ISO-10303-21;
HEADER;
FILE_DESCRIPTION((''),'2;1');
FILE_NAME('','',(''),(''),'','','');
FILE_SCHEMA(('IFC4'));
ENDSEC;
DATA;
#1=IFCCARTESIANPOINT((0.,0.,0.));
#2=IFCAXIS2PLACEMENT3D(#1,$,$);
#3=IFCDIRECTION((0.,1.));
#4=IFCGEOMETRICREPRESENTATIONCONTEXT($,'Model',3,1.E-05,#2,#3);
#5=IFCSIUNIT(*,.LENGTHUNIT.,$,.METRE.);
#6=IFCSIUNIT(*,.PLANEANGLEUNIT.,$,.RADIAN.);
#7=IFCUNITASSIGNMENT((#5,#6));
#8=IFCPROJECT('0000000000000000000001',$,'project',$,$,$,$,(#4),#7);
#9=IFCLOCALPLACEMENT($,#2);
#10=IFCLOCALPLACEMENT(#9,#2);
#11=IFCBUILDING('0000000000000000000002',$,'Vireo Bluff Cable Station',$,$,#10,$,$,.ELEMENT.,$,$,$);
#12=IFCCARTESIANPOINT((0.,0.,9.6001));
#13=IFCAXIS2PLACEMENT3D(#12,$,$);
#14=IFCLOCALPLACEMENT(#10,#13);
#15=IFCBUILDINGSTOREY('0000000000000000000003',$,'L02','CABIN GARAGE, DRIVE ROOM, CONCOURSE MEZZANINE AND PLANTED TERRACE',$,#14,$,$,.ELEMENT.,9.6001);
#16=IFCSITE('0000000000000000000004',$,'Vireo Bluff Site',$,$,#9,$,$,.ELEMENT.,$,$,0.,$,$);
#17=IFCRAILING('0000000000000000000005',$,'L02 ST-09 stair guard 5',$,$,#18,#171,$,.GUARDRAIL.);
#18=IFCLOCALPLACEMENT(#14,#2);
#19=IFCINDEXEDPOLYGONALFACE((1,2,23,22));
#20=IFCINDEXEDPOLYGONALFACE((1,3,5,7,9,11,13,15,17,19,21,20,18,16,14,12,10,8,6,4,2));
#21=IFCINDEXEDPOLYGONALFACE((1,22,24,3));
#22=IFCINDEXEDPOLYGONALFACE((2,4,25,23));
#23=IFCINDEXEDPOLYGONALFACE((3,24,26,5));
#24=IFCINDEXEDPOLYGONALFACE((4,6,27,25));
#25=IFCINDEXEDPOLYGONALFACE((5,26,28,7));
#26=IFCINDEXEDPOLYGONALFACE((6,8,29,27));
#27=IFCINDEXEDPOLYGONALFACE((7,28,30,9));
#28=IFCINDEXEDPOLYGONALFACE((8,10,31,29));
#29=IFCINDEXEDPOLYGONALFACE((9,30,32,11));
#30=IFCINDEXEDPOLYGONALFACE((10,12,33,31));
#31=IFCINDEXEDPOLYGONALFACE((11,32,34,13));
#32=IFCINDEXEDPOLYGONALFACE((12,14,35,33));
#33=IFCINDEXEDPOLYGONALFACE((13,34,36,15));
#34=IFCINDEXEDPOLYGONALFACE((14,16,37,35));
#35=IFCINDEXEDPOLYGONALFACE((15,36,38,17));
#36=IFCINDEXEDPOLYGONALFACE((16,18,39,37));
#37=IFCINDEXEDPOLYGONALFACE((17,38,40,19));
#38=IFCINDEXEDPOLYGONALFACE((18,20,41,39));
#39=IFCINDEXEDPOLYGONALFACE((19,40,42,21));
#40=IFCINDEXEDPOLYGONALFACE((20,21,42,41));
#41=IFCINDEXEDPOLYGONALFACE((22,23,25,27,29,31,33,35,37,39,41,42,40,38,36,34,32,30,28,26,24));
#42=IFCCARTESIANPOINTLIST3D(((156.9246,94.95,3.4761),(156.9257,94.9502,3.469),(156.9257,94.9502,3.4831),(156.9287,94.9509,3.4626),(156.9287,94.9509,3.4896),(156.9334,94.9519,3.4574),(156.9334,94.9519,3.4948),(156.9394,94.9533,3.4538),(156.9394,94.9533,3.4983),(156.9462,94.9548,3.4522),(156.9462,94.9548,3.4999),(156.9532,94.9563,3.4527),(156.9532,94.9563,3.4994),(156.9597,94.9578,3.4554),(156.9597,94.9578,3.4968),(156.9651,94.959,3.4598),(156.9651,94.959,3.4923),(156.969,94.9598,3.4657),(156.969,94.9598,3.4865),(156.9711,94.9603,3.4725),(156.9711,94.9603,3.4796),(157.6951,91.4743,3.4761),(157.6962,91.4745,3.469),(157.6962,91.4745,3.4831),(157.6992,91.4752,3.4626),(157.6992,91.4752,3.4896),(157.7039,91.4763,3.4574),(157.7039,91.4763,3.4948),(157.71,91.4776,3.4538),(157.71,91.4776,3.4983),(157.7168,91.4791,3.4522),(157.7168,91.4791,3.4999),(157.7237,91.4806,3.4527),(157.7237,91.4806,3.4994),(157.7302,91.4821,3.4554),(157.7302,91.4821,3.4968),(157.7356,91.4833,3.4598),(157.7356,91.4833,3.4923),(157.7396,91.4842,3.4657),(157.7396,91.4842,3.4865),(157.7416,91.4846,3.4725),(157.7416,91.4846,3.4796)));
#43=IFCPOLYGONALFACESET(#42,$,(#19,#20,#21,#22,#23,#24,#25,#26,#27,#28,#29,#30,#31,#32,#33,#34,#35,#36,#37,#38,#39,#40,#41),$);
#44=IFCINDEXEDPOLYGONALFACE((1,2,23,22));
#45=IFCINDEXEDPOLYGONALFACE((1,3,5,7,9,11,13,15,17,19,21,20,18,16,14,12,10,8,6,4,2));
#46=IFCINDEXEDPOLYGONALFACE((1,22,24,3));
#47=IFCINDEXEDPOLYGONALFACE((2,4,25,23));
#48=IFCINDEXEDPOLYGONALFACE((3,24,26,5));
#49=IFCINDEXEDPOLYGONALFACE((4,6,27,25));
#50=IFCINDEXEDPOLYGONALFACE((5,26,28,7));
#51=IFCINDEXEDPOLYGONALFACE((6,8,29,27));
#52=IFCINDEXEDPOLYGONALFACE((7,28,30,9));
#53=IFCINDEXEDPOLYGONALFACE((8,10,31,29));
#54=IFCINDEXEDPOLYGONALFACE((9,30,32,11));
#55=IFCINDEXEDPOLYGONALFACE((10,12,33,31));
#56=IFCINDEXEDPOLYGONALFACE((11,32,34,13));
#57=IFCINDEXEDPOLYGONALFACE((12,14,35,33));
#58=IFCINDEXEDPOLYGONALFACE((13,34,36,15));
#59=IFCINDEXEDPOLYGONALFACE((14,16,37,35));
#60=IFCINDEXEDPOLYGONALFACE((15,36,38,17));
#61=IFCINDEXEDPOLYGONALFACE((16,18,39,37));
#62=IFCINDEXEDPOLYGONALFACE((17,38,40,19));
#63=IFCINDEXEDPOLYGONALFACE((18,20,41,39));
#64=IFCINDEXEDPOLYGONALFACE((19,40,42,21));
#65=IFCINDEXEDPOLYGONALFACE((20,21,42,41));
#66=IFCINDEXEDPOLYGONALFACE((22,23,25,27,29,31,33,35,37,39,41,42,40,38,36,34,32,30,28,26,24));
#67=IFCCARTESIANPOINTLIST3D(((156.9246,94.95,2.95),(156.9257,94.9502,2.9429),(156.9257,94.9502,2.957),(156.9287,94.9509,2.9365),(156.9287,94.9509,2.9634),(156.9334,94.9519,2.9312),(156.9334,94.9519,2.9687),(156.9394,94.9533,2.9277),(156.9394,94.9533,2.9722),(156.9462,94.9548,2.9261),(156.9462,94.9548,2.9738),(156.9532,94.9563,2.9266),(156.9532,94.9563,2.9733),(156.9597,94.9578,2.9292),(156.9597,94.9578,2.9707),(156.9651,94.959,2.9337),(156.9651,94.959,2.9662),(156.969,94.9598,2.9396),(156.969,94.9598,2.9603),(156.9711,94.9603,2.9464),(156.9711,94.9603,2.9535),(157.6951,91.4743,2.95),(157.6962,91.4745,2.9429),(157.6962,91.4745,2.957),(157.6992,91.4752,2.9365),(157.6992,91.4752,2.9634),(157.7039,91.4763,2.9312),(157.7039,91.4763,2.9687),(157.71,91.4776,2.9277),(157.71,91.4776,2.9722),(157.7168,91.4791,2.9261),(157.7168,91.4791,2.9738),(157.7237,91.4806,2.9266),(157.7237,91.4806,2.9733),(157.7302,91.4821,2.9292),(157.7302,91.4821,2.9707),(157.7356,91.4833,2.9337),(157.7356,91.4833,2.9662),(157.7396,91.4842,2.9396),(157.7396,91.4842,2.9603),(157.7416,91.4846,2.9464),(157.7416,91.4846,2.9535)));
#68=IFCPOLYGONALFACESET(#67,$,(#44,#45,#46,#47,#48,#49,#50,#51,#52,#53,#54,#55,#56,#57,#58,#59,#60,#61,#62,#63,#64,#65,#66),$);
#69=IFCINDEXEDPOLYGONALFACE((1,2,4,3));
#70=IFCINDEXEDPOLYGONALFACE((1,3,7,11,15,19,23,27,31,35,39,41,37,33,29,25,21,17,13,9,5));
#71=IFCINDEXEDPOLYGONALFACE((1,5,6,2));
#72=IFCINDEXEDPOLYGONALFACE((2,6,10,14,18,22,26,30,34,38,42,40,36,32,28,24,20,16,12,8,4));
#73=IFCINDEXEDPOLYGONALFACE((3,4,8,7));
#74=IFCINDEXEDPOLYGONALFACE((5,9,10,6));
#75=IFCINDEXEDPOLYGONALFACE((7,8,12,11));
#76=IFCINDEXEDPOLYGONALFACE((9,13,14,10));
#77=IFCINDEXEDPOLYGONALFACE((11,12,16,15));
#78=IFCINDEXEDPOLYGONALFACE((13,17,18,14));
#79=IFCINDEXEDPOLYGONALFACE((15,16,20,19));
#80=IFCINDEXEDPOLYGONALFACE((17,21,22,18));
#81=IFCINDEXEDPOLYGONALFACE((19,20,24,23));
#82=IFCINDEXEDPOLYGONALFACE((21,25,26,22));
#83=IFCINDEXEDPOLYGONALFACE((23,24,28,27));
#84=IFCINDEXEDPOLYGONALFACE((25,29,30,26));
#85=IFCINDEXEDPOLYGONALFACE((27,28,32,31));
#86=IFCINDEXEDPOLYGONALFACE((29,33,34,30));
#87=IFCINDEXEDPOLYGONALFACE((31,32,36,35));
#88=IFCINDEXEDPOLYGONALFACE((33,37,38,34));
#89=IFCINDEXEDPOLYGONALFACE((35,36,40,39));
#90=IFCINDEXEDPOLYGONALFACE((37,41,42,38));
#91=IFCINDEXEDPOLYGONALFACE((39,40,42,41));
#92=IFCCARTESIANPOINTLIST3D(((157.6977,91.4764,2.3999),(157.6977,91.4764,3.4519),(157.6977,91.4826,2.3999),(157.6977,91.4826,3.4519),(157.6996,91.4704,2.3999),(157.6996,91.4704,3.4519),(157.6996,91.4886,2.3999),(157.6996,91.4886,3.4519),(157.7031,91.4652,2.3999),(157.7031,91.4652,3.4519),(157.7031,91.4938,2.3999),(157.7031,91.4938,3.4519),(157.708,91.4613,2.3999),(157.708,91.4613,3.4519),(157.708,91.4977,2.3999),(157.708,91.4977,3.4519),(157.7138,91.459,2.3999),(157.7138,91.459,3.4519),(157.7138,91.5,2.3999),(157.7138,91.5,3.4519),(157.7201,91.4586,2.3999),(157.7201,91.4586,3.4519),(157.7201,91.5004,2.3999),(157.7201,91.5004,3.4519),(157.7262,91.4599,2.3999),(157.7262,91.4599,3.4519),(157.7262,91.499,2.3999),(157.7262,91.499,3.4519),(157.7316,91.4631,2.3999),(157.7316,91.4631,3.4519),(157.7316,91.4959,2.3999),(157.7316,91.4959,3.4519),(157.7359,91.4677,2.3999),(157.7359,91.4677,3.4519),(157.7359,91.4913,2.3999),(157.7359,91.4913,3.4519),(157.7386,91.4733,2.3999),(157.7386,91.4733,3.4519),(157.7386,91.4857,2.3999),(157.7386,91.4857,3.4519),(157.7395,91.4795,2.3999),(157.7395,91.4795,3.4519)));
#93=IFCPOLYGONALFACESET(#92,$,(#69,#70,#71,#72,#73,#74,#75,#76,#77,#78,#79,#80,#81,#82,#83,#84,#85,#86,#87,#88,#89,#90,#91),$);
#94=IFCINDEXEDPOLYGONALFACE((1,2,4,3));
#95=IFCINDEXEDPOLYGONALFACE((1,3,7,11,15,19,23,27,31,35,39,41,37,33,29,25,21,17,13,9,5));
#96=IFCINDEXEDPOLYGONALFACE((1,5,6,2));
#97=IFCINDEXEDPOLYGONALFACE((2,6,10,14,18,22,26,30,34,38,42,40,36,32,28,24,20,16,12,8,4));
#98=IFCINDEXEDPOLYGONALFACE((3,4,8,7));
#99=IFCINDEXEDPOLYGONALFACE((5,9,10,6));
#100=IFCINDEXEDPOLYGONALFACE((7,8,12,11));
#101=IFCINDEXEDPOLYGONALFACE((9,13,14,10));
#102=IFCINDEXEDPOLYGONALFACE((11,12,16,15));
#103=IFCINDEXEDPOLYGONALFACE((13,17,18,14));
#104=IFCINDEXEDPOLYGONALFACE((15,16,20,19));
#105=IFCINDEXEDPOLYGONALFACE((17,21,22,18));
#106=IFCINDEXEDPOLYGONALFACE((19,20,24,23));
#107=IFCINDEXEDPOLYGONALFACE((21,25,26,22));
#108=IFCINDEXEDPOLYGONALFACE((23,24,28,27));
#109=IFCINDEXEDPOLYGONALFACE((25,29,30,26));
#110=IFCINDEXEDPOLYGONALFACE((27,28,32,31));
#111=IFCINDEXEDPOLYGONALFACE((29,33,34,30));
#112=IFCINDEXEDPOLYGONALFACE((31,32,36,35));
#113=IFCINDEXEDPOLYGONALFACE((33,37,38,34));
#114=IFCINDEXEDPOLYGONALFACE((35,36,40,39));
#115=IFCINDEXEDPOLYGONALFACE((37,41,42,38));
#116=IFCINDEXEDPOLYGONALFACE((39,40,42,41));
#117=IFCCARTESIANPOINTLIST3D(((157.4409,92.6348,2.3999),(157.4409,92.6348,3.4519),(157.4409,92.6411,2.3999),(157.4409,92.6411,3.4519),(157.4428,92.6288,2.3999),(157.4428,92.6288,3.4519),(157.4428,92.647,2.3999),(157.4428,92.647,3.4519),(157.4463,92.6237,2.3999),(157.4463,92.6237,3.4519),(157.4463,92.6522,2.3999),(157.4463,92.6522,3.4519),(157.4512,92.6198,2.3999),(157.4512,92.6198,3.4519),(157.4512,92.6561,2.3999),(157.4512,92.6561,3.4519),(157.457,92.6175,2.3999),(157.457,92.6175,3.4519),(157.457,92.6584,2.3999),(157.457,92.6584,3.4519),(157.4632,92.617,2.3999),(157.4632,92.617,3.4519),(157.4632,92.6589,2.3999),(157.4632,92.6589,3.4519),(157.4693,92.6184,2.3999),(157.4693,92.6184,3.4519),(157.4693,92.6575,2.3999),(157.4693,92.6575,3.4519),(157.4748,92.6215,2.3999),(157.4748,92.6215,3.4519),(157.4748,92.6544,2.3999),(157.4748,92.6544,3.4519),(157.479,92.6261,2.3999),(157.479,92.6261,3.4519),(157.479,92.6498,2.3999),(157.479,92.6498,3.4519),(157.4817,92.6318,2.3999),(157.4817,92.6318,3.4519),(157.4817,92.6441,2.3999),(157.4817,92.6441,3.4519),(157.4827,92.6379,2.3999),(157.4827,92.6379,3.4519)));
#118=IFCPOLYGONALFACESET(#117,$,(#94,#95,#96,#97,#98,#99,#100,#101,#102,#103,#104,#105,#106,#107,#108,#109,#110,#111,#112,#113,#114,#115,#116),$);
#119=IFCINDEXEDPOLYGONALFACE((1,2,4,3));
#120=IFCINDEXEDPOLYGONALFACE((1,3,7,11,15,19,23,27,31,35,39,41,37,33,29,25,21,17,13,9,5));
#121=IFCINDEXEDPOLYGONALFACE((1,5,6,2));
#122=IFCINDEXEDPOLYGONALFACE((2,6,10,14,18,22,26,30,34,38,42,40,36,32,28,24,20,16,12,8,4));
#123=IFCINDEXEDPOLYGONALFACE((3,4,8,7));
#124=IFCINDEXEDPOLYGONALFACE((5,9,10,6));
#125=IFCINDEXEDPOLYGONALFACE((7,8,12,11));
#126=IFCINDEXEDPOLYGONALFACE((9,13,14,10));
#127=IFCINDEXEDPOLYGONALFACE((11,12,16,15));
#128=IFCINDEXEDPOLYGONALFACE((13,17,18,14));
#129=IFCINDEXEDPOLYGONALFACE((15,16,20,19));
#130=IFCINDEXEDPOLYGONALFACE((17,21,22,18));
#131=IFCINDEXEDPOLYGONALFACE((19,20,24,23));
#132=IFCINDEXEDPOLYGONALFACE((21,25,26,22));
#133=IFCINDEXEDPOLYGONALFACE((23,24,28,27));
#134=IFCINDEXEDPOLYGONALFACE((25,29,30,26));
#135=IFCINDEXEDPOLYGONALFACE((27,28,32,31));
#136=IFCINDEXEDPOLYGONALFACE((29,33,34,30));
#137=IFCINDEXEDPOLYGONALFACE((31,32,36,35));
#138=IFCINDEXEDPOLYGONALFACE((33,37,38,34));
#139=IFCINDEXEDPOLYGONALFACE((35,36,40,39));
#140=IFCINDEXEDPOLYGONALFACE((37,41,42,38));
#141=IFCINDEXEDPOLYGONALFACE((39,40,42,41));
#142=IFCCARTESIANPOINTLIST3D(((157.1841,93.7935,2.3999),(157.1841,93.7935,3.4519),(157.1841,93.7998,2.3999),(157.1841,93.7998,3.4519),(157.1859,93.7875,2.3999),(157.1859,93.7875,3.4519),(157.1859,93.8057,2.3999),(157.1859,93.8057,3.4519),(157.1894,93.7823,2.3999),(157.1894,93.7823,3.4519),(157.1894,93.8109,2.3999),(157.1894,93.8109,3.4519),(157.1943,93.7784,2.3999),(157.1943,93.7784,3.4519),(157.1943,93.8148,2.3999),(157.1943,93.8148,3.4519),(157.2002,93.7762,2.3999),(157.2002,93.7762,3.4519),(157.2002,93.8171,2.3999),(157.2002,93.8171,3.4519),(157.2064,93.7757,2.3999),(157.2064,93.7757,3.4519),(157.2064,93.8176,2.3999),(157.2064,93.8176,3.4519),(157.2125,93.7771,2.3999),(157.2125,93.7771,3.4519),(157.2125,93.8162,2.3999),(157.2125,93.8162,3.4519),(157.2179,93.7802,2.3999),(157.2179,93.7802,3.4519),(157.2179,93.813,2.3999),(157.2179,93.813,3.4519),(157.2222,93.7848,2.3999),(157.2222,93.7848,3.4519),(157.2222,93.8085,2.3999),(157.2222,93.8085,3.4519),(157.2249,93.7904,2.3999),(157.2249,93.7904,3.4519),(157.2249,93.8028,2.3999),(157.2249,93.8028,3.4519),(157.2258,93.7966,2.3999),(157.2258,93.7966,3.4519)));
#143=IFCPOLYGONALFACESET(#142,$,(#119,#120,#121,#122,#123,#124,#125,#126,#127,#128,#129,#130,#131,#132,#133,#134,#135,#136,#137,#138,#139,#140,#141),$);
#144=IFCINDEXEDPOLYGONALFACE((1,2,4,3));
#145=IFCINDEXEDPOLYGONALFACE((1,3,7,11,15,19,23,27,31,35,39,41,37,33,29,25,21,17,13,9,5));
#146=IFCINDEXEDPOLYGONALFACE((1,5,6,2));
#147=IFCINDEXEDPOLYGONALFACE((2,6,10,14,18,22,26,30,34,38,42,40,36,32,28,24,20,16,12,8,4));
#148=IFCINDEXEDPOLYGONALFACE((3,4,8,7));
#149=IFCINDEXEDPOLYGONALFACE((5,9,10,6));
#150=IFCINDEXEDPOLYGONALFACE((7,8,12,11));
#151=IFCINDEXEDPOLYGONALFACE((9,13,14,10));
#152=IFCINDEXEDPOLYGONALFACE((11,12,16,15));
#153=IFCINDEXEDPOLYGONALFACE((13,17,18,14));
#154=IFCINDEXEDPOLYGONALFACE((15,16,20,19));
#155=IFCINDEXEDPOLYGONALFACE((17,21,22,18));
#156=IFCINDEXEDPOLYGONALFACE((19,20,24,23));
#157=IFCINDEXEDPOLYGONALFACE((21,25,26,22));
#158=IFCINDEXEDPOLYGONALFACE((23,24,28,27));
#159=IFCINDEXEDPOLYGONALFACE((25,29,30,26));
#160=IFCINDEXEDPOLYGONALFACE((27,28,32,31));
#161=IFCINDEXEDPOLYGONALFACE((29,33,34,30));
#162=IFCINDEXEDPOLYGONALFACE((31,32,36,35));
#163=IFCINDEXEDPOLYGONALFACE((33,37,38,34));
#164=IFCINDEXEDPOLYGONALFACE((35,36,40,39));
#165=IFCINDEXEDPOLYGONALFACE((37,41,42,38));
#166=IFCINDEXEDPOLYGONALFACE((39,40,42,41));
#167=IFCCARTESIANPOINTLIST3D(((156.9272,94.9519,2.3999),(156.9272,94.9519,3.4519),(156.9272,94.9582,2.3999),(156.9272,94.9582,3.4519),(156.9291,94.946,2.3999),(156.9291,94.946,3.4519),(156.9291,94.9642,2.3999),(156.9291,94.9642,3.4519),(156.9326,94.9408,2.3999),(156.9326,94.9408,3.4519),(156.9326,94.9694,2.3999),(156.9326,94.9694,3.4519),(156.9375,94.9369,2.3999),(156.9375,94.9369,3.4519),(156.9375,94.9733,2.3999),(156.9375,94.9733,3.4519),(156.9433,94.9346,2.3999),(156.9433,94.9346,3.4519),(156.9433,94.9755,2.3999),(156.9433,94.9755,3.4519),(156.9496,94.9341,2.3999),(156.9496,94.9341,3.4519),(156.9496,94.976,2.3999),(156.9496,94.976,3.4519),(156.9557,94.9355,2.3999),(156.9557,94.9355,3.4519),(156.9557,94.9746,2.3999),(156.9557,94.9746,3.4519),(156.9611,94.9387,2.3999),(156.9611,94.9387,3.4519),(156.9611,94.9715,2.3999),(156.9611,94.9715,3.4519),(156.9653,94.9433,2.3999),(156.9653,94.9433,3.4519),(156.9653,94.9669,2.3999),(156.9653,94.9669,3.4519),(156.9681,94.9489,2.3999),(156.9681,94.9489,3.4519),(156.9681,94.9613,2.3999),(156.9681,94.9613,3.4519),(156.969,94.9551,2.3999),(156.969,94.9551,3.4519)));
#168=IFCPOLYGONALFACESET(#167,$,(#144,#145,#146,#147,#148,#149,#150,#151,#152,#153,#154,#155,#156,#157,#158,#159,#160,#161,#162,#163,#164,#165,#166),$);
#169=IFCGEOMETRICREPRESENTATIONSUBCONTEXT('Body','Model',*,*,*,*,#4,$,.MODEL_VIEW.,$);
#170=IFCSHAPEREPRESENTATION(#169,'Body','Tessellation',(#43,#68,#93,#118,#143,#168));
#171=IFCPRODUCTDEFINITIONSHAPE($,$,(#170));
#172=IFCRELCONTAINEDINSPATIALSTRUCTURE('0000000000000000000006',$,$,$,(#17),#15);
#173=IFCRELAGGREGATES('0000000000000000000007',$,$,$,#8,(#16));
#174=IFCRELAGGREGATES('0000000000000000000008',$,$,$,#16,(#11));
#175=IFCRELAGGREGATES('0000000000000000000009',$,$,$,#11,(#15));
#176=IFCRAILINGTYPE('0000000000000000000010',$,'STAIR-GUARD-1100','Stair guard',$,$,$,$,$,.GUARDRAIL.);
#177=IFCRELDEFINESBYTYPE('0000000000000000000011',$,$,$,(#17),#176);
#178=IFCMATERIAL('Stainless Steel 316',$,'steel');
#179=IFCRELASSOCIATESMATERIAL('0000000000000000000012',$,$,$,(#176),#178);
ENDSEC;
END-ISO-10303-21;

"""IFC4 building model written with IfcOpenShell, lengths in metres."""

from ifc_helpers import new_model, si_unit, direction, frame, origin, origin_2d, place, context, subcontext, project, spatial, circle, extrude, material, type_object, element, save


model = new_model("IFC4")

# Units and contexts
model_context = context("Model", 3, precision=1e-05, world=origin(), true_north=direction((0.0, 1.0)))
body_context = subcontext(model_context, "Body", "Model", "MODEL_VIEW")
ifc_project = project(units=[si_unit("LENGTHUNIT", "METRE"), si_unit("PLANEANGLEUNIT", "RADIAN")], contexts=[model_context])

# Site, building, storey
site_placement = place(None, origin())
site = spatial("IfcSite", under=ifc_project, at=site_placement, Name="Vireo Bluff Site", CompositionType="ELEMENT", RefElevation=0.0)
building_placement = place(site_placement, origin())
building = spatial("IfcBuilding", under=site, at=building_placement, Name="Vireo Bluff Cable Station", CompositionType="ELEMENT")
storey_placement = place(building_placement, frame((0.0, 0.0, 9.6001)))
storey = spatial("IfcBuildingStorey", under=building, at=storey_placement, Name="L02", Description="CABIN GARAGE, DRIVE ROOM, CONCOURSE MEZZANINE AND PLANTED TERRACE", CompositionType="ELEMENT", Elevation=9.6001)

# Railing
ifc_material_1 = material(Name="Stainless Steel 316", Category="steel")
railing_type_1 = type_object("IfcRailingType", Name="STAIR-GUARD-1100", Description="Stair guard", PredefinedType="GUARDRAIL", material=ifc_material_1)
railing_1_placement = place(storey_placement, frame((157.7185, 91.4795, 2.3999)))
element("IfcRailing", 1, at=railing_1_placement, inside=storey, type_object=railing_type_1, Name="L02 ST-09 stair guard 5", PredefinedType="GUARDRAIL", context=body_context, shape_type="SweptSolid", body=[
    extrude(circle(Radius=0.0239, at=origin_2d()), frame((0.0, 0.0, 1.0762), z_axis=(-0.216437, 0.976297, 0.0), x_axis=(-0.976297, -0.216437, 0.0)), (0.0, 0.0, 1.0), 3.5601),
    extrude(circle(Radius=0.0239, at=origin_2d()), frame((0.0, 0.0, 0.55), z_axis=(-0.216437, 0.976297, 0.0), x_axis=(-0.976297, -0.216437, 0.0)), (0.0, 0.0, 1.0), 3.5601),
    extrude(circle(Radius=0.021, at=origin_2d()), origin(), (0.0, 0.0, 1.0), 1.052),
    extrude(circle(Radius=0.021, at=origin_2d()), frame((-0.2568, 1.1584, 0.0)), (0.0, 0.0, 1.0), 1.052),
    extrude(circle(Radius=0.021, at=origin_2d()), frame((-0.5137, 2.3171, 0.0)), (0.0, 0.0, 1.0), 1.052),
    extrude(circle(Radius=0.021, at=origin_2d()), frame((-0.7705, 3.4756, 0.0)), (0.0, 0.0, 1.0), 1.052),
])

save(model, "model.ifc")
